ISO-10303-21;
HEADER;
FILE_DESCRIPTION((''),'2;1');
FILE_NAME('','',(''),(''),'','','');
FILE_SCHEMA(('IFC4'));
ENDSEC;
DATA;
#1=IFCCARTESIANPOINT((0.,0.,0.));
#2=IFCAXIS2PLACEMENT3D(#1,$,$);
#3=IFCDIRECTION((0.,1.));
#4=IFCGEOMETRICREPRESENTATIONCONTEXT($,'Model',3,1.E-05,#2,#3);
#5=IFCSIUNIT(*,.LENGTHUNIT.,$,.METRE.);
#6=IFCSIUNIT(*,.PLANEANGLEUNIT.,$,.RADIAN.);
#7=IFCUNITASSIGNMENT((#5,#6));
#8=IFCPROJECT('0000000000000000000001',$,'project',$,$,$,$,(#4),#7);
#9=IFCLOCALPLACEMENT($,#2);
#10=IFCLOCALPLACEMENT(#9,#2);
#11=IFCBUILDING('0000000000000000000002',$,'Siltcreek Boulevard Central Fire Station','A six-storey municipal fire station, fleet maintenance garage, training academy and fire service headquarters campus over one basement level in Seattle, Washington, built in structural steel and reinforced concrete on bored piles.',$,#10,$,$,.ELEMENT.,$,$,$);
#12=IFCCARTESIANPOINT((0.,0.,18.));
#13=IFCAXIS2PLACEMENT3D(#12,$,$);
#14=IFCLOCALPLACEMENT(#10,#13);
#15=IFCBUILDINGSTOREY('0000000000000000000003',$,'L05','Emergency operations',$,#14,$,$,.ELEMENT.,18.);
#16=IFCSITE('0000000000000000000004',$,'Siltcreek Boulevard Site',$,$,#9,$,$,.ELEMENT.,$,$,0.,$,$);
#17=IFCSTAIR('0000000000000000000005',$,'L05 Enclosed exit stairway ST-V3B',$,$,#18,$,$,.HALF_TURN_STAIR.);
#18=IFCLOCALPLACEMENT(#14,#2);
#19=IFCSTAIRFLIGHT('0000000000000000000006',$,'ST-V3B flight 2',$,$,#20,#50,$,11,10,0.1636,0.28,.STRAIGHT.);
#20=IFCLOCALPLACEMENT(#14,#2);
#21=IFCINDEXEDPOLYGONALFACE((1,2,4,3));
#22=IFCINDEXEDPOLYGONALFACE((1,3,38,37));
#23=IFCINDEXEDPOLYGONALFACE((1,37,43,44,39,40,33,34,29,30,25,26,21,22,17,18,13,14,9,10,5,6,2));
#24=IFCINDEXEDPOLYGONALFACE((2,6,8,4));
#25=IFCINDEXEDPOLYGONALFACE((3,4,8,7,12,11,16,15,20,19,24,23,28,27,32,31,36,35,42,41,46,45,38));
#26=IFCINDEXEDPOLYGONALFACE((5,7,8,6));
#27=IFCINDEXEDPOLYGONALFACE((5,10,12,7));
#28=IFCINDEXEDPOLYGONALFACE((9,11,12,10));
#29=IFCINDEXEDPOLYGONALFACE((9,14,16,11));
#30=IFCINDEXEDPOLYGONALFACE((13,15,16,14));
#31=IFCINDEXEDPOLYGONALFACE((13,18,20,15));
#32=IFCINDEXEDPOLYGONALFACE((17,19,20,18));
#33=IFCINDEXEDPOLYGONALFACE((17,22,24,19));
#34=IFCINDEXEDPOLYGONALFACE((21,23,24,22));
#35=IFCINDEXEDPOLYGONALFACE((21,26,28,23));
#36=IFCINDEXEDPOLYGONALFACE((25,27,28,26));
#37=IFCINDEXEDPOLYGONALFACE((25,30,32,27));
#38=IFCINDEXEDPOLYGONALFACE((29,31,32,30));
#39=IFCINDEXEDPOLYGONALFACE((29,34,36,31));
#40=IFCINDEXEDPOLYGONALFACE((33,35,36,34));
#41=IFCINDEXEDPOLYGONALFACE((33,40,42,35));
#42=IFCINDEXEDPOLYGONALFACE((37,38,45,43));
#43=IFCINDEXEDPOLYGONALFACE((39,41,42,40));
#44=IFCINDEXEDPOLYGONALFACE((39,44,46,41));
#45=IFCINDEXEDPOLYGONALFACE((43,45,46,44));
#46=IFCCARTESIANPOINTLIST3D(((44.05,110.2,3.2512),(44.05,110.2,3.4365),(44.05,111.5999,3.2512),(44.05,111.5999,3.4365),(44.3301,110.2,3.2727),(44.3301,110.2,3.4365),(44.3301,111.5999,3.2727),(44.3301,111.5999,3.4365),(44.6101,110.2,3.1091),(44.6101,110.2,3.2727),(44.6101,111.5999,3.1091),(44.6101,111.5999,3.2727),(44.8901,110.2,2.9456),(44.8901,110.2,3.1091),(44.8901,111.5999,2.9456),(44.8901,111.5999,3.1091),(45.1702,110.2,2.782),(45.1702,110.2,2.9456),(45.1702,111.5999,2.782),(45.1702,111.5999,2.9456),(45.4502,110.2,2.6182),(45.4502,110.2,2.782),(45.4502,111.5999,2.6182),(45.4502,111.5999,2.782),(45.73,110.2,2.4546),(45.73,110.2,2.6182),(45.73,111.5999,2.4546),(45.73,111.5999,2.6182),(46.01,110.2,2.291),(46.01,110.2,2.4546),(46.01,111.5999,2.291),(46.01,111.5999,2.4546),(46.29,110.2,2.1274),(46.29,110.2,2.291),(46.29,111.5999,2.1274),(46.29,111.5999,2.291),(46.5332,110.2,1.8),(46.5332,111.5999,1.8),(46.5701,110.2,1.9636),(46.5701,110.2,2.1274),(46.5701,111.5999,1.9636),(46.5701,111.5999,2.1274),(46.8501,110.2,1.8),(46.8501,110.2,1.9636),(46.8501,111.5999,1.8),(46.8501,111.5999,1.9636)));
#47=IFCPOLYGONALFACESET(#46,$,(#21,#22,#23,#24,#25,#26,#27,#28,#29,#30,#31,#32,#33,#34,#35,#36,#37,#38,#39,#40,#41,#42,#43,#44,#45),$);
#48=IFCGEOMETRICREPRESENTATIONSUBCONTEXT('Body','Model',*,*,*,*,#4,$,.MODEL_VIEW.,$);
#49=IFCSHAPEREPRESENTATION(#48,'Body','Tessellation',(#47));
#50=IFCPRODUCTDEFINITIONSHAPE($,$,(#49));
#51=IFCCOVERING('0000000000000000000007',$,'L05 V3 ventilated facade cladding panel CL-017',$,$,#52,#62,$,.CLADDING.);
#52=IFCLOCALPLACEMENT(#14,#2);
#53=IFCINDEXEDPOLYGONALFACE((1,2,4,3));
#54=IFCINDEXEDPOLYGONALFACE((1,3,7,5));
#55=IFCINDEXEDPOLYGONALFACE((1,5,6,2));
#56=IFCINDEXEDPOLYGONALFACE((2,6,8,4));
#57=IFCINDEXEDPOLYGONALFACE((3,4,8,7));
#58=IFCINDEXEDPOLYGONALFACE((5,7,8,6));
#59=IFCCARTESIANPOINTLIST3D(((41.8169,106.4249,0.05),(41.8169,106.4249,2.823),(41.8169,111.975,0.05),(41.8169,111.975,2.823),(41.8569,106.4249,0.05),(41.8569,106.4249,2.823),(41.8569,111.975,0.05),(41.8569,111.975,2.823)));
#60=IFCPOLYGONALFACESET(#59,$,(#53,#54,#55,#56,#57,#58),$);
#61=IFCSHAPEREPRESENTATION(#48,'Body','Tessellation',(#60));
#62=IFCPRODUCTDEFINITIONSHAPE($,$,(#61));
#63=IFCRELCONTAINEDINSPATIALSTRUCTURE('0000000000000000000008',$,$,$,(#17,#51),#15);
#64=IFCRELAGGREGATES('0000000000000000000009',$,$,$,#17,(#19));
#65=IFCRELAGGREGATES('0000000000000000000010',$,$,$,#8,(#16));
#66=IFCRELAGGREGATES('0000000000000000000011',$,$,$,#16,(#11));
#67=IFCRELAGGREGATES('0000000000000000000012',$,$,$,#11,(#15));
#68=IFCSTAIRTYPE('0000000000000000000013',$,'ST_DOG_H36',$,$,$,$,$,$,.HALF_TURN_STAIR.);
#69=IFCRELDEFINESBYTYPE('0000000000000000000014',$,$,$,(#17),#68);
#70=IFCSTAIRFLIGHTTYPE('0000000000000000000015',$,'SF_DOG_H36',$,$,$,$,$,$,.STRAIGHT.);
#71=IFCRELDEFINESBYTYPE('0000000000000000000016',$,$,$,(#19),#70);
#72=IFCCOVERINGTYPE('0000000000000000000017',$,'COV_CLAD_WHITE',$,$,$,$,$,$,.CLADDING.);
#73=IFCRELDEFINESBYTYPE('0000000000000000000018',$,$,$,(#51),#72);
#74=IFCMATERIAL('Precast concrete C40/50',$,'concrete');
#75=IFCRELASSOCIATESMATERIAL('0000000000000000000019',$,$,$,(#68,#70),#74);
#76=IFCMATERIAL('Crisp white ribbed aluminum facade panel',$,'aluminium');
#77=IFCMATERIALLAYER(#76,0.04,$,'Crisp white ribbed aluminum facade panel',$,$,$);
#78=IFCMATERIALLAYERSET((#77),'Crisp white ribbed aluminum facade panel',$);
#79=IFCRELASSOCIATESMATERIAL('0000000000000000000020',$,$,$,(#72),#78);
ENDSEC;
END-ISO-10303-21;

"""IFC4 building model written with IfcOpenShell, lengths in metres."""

from ifc_helpers import new_model, si_unit, direction, frame, origin, origin_2d, place, context, subcontext, project, spatial, polyline, rectangle, outline, extrude, material, layer, layer_set, type_object, element, aggregate, save


model = new_model("IFC4")

# Units and contexts
model_context = context("Model", 3, precision=1e-05, world=origin(), true_north=direction((0.0, 1.0)))
body_context = subcontext(model_context, "Body", "Model", "MODEL_VIEW")
ifc_project = project(units=[si_unit("LENGTHUNIT", "METRE"), si_unit("PLANEANGLEUNIT", "RADIAN")], contexts=[model_context])

# Site, building, storey
site_placement = place(None, origin())
site = spatial("IfcSite", under=ifc_project, at=site_placement, Name="Siltcreek Boulevard Site", CompositionType="ELEMENT", RefElevation=0.0)
building_placement = place(site_placement, origin())
building = spatial("IfcBuilding", under=site, at=building_placement, Name="Siltcreek Boulevard Central Fire Station", Description="A six-storey municipal fire station, fleet maintenance garage, training academy and fire service headquarters campus over one basement level in Seattle, Washington, built in structural steel and reinforced concrete on bored piles.", CompositionType="ELEMENT")
storey_placement = place(building_placement, frame((0.0, 0.0, 18.0)))
storey = spatial("IfcBuildingStorey", under=building, at=storey_placement, Name="L05", Description="Emergency operations", CompositionType="ELEMENT", Elevation=18.0)

# Stair, stair flight
ifc_material_1 = material(Name="Precast concrete C40/50", Category="concrete")
stair_type = type_object("IfcStairType", Name="ST_DOG_H36", PredefinedType="HALF_TURN_STAIR", material=ifc_material_1)
stair_placement = place(storey_placement, origin())
stair = element("IfcStair", 1, at=stair_placement, inside=storey, type_object=stair_type, Name="L05 Enclosed exit stairway ST-V3B", PredefinedType="HALF_TURN_STAIR")
stair_flight_type = type_object("IfcStairFlightType", Name="SF_DOG_H36", PredefinedType="STRAIGHT", material=ifc_material_1)
stair_flight_1_placement = place(storey_placement, frame((46.8501, 110.8999, 1.8), z_axis=(0.0, 0.0, 1.0), x_axis=(-1.0, 0.0, 0.0)))
stair_flight_1 = element("IfcStairFlight", 2, at=stair_flight_1_placement, type_object=stair_flight_type, Name="ST-V3B flight 2", NumberOfRisers=11, NumberOfTreads=10, PredefinedType="STRAIGHT", RiserHeight=0.1636, TreadLength=0.28, context=body_context, shape_type="SweptSolid", body=[
    extrude(outline(polyline([(0.0, 0.0), (0.0, 0.1636), (0.28, 0.1636), (0.28, 0.3274), (0.5601, 0.3274), (0.5601, 0.491), (0.8401, 0.491), (0.8401, 0.6545), (1.1201, 0.6545), (1.1201, 0.8181), (1.3999, 0.8181), (1.3999, 0.9819), (1.6799, 0.9819), (1.6799, 1.1455), (1.96, 1.1455), (1.96, 1.3091), (2.24, 1.3091), (2.24, 1.4727), (2.52, 1.4727), (2.52, 1.6365), (2.8, 1.6365), (2.8, 1.8), (2.8, 1.4512), (0.3169, 0.0), (0.0, 0.0)])), frame((0.0, 0.7, 0.0), z_axis=(0.0, -1.0, 0.0), x_axis=(1.0, 0.0, 0.0)), (0.0, 0.0, 1.0), 1.3999),
])
aggregate(stair, [stair_flight_1])

# Covering
ifc_material_2 = material(Name="Crisp white ribbed aluminum facade panel", Category="aluminium")
ifc_layer_1 = layer(ifc_material_2, 0.04, Name="Crisp white ribbed aluminum facade panel")
ifc_layer_set_1 = layer_set([ifc_layer_1], Name="Crisp white ribbed aluminum facade panel")
covering_type = type_object("IfcCoveringType", Name="COV_CLAD_WHITE", PredefinedType="CLADDING", material=ifc_layer_set_1)
covering_placement = place(storey_placement, frame((41.8369, 109.2, 0.05), z_axis=(0.0, 0.0, 1.0), x_axis=(0.0, -1.0, 0.0)))
element("IfcCovering", 3, at=covering_placement, inside=storey, type_object=covering_type, Name="L05 V3 ventilated facade cladding panel CL-017", PredefinedType="CLADDING", context=body_context, shape_type="SweptSolid", body=[
    extrude(rectangle(XDim=5.55, YDim=0.04, at=origin_2d()), origin(), (0.0, 0.0, 1.0), 2.7729),
])

save(model, "model.ifc")
